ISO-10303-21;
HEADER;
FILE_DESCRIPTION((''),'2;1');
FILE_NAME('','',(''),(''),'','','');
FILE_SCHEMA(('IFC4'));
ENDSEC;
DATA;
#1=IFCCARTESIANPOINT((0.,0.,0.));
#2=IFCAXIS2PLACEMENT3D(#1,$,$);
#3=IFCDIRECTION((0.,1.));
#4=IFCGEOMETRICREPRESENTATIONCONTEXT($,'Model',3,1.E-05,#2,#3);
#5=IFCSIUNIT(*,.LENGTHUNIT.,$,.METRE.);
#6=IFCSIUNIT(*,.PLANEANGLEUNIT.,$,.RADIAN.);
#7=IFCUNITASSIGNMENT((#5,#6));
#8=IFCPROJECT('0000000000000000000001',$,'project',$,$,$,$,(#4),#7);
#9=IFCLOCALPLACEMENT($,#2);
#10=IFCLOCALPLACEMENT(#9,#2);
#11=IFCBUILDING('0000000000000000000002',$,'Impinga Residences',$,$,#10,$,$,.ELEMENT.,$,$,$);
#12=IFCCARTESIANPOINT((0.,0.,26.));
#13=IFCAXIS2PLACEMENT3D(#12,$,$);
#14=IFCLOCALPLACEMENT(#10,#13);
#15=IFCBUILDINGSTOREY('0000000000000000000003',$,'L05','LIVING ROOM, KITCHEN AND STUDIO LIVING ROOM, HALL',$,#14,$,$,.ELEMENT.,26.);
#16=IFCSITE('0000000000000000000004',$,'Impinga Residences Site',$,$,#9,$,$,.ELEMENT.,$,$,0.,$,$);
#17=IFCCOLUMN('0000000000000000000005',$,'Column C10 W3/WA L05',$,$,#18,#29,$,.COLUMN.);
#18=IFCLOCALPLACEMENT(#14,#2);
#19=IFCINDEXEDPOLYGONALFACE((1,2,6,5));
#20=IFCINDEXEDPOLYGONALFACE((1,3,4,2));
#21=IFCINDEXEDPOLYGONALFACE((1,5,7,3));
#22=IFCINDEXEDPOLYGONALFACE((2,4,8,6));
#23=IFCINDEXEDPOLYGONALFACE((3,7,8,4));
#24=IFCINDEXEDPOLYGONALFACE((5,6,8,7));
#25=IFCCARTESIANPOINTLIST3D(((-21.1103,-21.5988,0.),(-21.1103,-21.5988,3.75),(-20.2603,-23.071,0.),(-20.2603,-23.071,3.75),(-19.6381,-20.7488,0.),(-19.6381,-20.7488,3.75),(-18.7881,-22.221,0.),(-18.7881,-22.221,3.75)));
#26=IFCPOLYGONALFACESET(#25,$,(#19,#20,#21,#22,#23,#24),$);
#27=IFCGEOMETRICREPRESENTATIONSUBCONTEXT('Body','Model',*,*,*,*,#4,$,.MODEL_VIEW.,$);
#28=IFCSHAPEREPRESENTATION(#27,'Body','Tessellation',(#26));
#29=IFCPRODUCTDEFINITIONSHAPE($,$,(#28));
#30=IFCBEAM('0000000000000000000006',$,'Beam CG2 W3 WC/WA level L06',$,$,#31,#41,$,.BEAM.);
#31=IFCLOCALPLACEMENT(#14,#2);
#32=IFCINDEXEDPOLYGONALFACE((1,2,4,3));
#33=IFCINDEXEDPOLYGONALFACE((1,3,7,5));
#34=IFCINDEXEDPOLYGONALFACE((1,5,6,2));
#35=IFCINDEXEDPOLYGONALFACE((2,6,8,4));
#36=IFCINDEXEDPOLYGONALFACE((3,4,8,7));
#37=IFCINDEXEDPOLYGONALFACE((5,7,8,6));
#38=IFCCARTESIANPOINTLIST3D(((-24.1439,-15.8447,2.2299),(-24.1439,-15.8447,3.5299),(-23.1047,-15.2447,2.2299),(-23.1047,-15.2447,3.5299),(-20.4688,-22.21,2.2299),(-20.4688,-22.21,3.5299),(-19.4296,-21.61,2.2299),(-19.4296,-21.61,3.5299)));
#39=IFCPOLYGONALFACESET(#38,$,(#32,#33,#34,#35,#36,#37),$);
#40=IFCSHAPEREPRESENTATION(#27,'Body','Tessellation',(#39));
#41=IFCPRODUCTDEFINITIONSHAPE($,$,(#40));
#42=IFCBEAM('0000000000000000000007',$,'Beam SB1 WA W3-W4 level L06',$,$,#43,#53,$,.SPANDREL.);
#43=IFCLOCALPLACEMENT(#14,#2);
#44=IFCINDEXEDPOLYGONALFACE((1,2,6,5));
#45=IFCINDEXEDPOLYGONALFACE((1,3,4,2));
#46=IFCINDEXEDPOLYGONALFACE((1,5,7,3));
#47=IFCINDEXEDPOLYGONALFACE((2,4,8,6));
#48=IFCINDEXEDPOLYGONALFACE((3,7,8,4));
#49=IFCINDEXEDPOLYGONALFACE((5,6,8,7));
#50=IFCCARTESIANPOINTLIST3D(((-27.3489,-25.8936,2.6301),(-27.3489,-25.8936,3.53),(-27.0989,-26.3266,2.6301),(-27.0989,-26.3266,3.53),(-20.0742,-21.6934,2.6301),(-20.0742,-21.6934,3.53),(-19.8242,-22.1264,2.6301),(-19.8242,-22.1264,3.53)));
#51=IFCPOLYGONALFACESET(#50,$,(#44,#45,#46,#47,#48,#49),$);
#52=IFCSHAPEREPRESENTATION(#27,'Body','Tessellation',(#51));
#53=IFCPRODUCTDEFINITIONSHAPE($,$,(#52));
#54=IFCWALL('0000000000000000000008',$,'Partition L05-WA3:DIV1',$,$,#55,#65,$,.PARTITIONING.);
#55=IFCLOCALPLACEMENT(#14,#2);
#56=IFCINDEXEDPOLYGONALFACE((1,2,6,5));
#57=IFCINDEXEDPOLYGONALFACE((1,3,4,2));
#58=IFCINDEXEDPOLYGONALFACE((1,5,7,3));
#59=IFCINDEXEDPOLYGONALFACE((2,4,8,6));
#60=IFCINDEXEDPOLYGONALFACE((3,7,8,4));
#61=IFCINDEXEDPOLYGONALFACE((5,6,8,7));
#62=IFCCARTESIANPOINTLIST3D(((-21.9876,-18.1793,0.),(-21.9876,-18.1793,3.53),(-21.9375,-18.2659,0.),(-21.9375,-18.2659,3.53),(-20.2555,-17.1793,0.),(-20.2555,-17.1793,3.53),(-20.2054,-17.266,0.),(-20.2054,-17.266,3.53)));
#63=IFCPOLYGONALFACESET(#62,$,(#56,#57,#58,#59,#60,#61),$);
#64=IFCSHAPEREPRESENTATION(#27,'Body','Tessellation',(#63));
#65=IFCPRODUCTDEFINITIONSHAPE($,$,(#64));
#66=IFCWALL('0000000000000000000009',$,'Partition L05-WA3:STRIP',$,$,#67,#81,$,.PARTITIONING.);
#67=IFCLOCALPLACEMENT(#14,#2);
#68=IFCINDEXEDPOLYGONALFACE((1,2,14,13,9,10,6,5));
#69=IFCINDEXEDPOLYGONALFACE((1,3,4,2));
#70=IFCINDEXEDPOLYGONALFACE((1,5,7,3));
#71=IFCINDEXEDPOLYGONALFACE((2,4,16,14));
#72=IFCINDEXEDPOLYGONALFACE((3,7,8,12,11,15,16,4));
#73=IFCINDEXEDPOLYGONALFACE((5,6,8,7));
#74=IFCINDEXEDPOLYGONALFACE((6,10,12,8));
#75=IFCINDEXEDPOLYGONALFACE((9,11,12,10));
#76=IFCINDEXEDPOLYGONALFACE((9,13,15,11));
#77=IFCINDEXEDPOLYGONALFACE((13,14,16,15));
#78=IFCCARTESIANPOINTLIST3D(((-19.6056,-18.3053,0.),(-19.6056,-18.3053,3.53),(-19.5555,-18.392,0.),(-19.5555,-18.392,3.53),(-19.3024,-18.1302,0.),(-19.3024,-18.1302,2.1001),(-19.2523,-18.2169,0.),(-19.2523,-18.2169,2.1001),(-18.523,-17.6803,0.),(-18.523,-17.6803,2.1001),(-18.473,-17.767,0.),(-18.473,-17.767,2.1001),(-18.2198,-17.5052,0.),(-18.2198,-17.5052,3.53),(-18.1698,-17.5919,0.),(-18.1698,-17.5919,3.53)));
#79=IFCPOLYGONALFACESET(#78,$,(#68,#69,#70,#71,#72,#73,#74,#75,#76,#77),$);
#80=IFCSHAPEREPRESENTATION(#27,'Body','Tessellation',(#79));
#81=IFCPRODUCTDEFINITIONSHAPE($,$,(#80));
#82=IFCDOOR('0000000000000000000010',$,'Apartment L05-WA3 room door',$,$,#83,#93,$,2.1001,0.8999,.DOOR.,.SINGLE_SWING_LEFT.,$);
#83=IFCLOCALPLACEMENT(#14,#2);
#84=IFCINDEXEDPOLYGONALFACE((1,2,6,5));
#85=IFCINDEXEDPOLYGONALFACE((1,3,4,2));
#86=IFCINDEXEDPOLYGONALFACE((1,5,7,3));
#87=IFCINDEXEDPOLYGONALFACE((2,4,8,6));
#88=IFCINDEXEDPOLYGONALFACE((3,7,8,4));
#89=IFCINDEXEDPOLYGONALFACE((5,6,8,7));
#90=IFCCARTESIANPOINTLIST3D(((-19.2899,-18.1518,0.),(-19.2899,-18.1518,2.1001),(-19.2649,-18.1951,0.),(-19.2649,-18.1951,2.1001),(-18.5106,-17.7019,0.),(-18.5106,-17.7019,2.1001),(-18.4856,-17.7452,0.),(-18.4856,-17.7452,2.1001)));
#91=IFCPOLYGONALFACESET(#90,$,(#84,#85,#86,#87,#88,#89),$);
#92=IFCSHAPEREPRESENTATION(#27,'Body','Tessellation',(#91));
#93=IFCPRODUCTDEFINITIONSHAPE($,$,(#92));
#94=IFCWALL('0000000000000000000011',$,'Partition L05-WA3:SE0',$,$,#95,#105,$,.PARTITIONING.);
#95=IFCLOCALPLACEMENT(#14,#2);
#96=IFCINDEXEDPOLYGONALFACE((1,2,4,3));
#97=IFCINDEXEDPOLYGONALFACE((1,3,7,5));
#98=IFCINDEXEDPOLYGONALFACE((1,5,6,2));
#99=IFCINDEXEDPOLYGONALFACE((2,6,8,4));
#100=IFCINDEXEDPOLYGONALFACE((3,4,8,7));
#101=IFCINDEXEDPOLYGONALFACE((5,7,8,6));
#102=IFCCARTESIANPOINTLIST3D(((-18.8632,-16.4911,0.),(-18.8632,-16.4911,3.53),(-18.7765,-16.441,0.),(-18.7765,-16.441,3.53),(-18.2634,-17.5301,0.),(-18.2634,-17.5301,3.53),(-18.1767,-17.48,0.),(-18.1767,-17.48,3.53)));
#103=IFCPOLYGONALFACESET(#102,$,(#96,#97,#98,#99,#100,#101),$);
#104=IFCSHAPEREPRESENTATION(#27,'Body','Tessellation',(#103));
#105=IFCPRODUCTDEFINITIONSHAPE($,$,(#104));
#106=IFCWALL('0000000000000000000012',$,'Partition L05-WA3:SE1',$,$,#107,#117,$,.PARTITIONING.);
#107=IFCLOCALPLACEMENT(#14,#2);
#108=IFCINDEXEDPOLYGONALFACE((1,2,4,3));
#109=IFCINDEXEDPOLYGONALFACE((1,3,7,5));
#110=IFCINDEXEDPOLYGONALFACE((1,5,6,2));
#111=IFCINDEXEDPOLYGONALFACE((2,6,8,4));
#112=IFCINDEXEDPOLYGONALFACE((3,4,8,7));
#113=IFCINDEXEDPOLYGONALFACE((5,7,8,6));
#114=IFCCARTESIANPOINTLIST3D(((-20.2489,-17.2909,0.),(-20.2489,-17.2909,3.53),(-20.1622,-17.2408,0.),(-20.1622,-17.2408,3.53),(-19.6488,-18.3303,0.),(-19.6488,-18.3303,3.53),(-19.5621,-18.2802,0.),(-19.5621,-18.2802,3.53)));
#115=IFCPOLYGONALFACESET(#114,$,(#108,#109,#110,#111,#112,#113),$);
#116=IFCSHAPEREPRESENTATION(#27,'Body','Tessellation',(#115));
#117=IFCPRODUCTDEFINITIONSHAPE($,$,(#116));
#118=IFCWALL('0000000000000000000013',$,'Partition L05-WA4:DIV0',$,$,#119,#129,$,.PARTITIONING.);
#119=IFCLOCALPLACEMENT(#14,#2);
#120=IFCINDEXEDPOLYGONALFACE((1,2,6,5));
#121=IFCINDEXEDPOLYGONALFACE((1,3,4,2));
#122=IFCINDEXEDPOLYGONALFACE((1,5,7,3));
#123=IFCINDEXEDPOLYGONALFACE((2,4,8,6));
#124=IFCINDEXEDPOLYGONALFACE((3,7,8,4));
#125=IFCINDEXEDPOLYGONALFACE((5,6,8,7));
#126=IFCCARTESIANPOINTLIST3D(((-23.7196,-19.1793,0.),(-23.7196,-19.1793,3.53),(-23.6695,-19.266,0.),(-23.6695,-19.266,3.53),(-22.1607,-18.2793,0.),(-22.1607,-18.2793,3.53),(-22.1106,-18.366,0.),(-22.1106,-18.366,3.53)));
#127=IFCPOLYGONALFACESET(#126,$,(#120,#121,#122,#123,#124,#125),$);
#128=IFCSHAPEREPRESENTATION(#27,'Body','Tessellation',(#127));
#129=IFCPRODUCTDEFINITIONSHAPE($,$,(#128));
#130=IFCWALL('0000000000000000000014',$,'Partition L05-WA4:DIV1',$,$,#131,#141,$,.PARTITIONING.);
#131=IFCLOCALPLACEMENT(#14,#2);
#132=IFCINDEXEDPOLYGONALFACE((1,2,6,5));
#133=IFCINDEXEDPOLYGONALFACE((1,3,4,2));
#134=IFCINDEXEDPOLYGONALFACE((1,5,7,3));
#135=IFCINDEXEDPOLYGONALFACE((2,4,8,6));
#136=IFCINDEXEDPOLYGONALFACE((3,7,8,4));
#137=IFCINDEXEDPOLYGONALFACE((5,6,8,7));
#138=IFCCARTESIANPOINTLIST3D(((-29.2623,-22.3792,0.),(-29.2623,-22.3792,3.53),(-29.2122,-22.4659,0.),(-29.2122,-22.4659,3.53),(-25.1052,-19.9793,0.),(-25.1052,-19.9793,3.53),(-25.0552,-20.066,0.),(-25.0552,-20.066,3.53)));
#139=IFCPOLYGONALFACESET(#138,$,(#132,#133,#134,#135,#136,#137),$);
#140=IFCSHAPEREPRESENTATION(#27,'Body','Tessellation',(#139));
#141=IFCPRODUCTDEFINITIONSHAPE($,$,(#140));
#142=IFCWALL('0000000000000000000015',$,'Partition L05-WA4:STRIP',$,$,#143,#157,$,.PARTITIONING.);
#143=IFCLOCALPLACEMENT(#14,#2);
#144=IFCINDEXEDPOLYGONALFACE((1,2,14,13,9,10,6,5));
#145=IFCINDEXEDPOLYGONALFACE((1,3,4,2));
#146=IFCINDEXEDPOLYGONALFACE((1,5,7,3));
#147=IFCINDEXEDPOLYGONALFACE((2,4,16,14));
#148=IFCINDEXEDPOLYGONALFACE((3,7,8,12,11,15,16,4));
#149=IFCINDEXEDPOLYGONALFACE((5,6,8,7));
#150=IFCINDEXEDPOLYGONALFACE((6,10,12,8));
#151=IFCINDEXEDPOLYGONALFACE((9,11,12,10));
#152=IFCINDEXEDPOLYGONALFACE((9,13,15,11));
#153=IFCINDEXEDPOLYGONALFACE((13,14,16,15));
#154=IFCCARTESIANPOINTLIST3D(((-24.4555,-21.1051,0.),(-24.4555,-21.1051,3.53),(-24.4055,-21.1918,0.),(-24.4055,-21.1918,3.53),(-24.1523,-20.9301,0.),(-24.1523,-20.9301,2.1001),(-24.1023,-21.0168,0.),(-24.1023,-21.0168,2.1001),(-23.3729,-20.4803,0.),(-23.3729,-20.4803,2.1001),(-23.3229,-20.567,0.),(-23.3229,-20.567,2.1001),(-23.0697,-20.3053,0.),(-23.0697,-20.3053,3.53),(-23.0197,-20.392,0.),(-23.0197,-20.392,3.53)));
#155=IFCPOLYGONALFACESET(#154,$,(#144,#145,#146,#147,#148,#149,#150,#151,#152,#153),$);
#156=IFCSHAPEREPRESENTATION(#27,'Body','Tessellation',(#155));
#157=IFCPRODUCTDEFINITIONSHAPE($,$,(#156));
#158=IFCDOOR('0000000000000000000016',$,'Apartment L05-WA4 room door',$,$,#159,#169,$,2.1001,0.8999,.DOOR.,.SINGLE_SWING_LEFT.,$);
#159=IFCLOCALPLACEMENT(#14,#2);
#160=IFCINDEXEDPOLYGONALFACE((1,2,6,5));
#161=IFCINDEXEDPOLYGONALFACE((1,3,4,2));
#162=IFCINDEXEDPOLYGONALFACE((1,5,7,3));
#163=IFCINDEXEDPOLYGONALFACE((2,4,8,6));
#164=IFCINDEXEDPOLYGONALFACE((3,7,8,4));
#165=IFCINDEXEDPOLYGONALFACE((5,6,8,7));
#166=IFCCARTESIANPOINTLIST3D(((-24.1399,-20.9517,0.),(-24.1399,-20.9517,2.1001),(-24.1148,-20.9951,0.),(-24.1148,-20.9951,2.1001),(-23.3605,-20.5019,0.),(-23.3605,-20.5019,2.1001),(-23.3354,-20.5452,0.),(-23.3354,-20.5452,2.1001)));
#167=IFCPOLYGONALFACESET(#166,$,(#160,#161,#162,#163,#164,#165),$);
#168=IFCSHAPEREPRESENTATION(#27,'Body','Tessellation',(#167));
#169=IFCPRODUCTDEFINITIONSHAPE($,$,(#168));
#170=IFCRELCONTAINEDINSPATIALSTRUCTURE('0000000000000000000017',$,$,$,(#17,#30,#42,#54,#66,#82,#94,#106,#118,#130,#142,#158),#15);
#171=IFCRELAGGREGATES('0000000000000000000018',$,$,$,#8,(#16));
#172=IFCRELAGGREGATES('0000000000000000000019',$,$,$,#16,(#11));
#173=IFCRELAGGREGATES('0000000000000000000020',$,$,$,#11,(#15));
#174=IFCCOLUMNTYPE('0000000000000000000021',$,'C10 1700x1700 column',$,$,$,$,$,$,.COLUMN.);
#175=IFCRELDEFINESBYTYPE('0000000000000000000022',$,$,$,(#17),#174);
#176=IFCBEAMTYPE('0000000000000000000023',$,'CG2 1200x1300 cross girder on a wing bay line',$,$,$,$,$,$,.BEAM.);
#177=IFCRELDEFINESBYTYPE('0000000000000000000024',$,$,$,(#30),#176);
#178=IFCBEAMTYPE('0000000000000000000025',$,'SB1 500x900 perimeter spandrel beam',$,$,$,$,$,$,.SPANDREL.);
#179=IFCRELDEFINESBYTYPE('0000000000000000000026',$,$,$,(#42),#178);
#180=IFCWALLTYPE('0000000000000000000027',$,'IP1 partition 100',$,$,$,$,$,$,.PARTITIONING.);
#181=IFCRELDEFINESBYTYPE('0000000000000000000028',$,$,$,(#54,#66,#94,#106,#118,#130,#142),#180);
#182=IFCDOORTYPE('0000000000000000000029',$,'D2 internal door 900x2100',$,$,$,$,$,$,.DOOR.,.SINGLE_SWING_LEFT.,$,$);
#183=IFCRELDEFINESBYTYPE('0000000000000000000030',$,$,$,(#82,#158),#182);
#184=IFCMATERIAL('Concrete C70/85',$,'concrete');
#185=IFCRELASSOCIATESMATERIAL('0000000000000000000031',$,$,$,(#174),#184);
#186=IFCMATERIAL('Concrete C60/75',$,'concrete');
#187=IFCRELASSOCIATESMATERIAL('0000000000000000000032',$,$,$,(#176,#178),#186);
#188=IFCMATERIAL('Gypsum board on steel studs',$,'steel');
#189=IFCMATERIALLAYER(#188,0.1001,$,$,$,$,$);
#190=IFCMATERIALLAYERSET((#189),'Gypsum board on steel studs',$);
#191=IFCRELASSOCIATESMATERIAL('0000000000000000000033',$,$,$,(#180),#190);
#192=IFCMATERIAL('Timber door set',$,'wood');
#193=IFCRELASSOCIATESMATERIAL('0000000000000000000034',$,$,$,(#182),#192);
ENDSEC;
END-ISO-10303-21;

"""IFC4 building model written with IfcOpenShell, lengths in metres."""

from ifc_helpers import new_model, si_unit, direction, frame, frame_2d, origin, origin_2d, place, context, subcontext, project, spatial, rectangle, extrude, material, layer, layer_set, material_profile, profile_set, type_object, element, fill, save


model = new_model("IFC4")

# Units and contexts
model_context = context("Model", 3, precision=1e-05, world=origin(), true_north=direction((0.0, 1.0)))
body_context = subcontext(model_context, "Body", "Model", "MODEL_VIEW")
ifc_project = project(units=[si_unit("LENGTHUNIT", "METRE"), si_unit("PLANEANGLEUNIT", "RADIAN")], contexts=[model_context])

# Site, building, storey
site_placement = place(None, origin())
site = spatial("IfcSite", under=ifc_project, at=site_placement, Name="Impinga Residences Site", CompositionType="ELEMENT", RefElevation=0.0)
building_placement = place(site_placement, origin())
building = spatial("IfcBuilding", under=site, at=building_placement, Name="Impinga Residences", CompositionType="ELEMENT")
storey_placement = place(building_placement, frame((0.0, 0.0, 26.0)))
storey = spatial("IfcBuildingStorey", under=building, at=storey_placement, Name="L05", Description="LIVING ROOM, KITCHEN AND STUDIO LIVING ROOM, HALL", CompositionType="ELEMENT", Elevation=26.0)

# Column
ifc_material_1 = material(Name="Concrete C70/85", Category="concrete")
ifc_material_profile_1 = material_profile(ifc_material_1, rectangle(XDim=1.7, YDim=1.7, at=origin_2d()), Name="RC 1700x1700")
ifc_profile_set_1 = profile_set([ifc_material_profile_1], Name="Concrete C70/85")
column_type = type_object("IfcColumnType", Name="C10 1700x1700 column", PredefinedType="COLUMN", material=ifc_profile_set_1)
column_placement = place(storey_placement, frame((-19.9492, -21.9099, 0.0), z_axis=(0.0, 0.0, 1.0), x_axis=(-0.5, 0.866025, 0.0)))
element("IfcColumn", 1, at=column_placement, inside=storey, type_object=column_type, Name="Column C10 W3/WA L05", PredefinedType="COLUMN", context=body_context, shape_type="SweptSolid", body=[
    extrude(rectangle(XDim=1.7, YDim=1.7, at=origin_2d()), origin(), (0.0, 0.0, 1.0), 3.75),
])

# Beams
ifc_material_2 = material(Name="Concrete C60/75", Category="concrete")
ifc_material_profile_2 = material_profile(ifc_material_2, rectangle(XDim=1.2, YDim=1.3, at=origin_2d()), Name="RC 1200x1300")
ifc_profile_set_2 = profile_set([ifc_material_profile_2], Name="Concrete C60/75")
beam_type_1 = type_object("IfcBeamType", Name="CG2 1200x1300 cross girder on a wing bay line", PredefinedType="BEAM", material=ifc_profile_set_2)
beam_1_placement = place(storey_placement, frame((-23.6243, -15.5447, 2.8799), z_axis=(0.500008, -0.866021, 0.0), x_axis=(0.866021, 0.500008, 0.0)))
element("IfcBeam", 2, at=beam_1_placement, inside=storey, type_object=beam_type_1, Name="Beam CG2 W3 WC/WA level L06", PredefinedType="BEAM", context=body_context, shape_type="SweptSolid", body=[
    extrude(rectangle(XDim=1.2, YDim=1.3, at=origin_2d()), origin(), (0.0, 0.0, 1.0), 7.3501),
])
ifc_material_profile_3 = material_profile(ifc_material_2, rectangle(XDim=0.5, YDim=0.8999, at=origin_2d()), Name="RC 500x900")
ifc_profile_set_3 = profile_set([ifc_material_profile_3], Name="Concrete C60/75")
beam_type_2 = type_object("IfcBeamType", Name="SB1 500x900 perimeter spandrel beam", PredefinedType="SPANDREL", material=ifc_profile_set_3)
beam_2_placement = place(storey_placement, frame((-19.9492, -21.9099, 3.0801), z_axis=(-0.866017, -0.500015, 0.0), x_axis=(0.500015, -0.866017, 0.0)))
element("IfcBeam", 3, at=beam_2_placement, inside=storey, type_object=beam_type_2, Name="Beam SB1 WA W3-W4 level L06", PredefinedType="SPANDREL", context=body_context, shape_type="SweptSolid", body=[
    extrude(rectangle(XDim=0.5, YDim=0.8999, at=origin_2d()), origin(), (0.0, 0.0, 1.0), 8.4001),
])

# Wall
ifc_material_3 = material(Name="Gypsum board on steel studs", Category="steel")
ifc_layer_1 = layer(ifc_material_3, 0.1001)
ifc_layer_set_1 = layer_set([ifc_layer_1], Name="Gypsum board on steel studs")
wall_type_1 = type_object("IfcWallType", Name="IP1 partition 100", PredefinedType="PARTITIONING", material=ifc_layer_set_1)
wall_1_placement = place(storey_placement, frame((-20.2305, -17.2227, 0.0), z_axis=(0.0, 0.0, 1.0), x_axis=(-0.866041, -0.499973, 0.0)))
element("IfcWall", 4, at=wall_1_placement, inside=storey, type_object=wall_type_1, Name="Partition L05-WA3:DIV1", PredefinedType="PARTITIONING", context=body_context, shape_type="SweptSolid", body=[
    extrude(rectangle(XDim=2.0, YDim=0.1001, at=frame_2d((1.0, 0.0))), origin(), (0.0, 0.0, 1.0), 3.53),
])

# Wall, opening, door
wall_2_placement = place(storey_placement, frame((-18.1948, -17.5486, 0.0), z_axis=(0.0, 0.0, 1.0), x_axis=(-0.866028, -0.499995, 0.0)))
wall_2 = element("IfcWall", 5, at=wall_2_placement, inside=storey, type_object=wall_type_1, Name="Partition L05-WA3:STRIP", PredefinedType="PARTITIONING", context=body_context, shape_type="SweptSolid", body=[
    extrude(rectangle(XDim=1.6001, YDim=0.1001, at=frame_2d((0.8, 0.0))), origin(), (0.0, 0.0, 1.0), 3.53),
])
opening_1_placement = place(wall_2_placement, frame((0.3501, 0.0, 0.0)))
opening_1 = element("IfcOpeningElement", 6, at=opening_1_placement, cuts=wall_2, PredefinedType="OPENING", context=body_context, shape_type="SweptSolid", body=[
    extrude(rectangle(XDim=0.8999, YDim=2.1001, at=frame_2d((0.45, 1.05))), frame((0.0, 0.0601, 0.0), z_axis=(0.0, -1.0, 0.0), x_axis=(1.0, 0.0, 0.0)), (0.0, 0.0, 1.0), 0.1201),
])
ifc_material_4 = material(Name="Timber door set", Category="wood")
door_type = type_object("IfcDoorType", Name="D2 internal door 900x2100", OperationType="SINGLE_SWING_LEFT", PredefinedType="DOOR", material=ifc_material_4)
door_1_placement = place(opening_1_placement, origin())
door_1 = element("IfcDoor", 7, at=door_1_placement, inside=storey, type_object=door_type, Name="Apartment L05-WA3 room door", OperationType="SINGLE_SWING_LEFT", OverallHeight=2.1001, OverallWidth=0.8999, PredefinedType="DOOR", context=body_context, shape_type="SweptSolid", body=[
    extrude(rectangle(XDim=0.8999, YDim=2.1001, at=frame_2d((0.45, 1.05))), frame((0.0, 0.0249, 0.0), z_axis=(0.0, -1.0, 0.0), x_axis=(1.0, 0.0, 0.0)), (0.0, 0.0, 1.0), 0.05),
])
fill(opening_1, door_1)

# Walls
wall_3_placement = place(storey_placement, frame((-18.8198, -16.4661, 0.0), z_axis=(0.0, 0.0, 1.0), x_axis=(0.499969, -0.866043, 0.0)))
element("IfcWall", 8, at=wall_3_placement, inside=storey, type_object=wall_type_1, Name="Partition L05-WA3:SE0", PredefinedType="PARTITIONING", context=body_context, shape_type="SweptSolid", body=[
    extrude(rectangle(XDim=1.1997, YDim=0.1001, at=frame_2d((0.5999, 0.0))), origin(), (0.0, 0.0, 1.0), 3.53),
])
wall_4_placement = place(storey_placement, frame((-20.2056, -17.2659, 0.0), z_axis=(0.0, 0.0, 1.0), x_axis=(0.500034, -0.866006, 0.0)))
element("IfcWall", 9, at=wall_4_placement, inside=storey, type_object=wall_type_1, Name="Partition L05-WA3:SE1", PredefinedType="PARTITIONING", context=body_context, shape_type="SweptSolid", body=[
    extrude(rectangle(XDim=1.2002, YDim=0.1001, at=frame_2d((0.6001, 0.0))), origin(), (0.0, 0.0, 1.0), 3.53),
])
wall_5_placement = place(storey_placement, frame((-22.1357, -18.3228, 0.0), z_axis=(0.0, 0.0, 1.0), x_axis=(-0.866048, -0.499961, 0.0)))
element("IfcWall", 10, at=wall_5_placement, inside=storey, type_object=wall_type_1, Name="Partition L05-WA4:DIV0", PredefinedType="PARTITIONING", context=body_context, shape_type="SweptSolid", body=[
    extrude(rectangle(XDim=1.8, YDim=0.1001, at=frame_2d((0.8999, 0.0))), origin(), (0.0, 0.0, 1.0), 3.53),
])
wall_6_placement = place(storey_placement, frame((-25.0803, -20.0227, 0.0), z_axis=(0.0, 0.0, 1.0), x_axis=(-0.866037, -0.499979, 0.0)))
element("IfcWall", 11, at=wall_6_placement, inside=storey, type_object=wall_type_1, Name="Partition L05-WA4:DIV1", PredefinedType="PARTITIONING", context=body_context, shape_type="SweptSolid", body=[
    extrude(rectangle(XDim=4.8, YDim=0.1001, at=frame_2d((2.3999, 0.0))), origin(), (0.0, 0.0, 1.0), 3.53),
])

# Wall, opening, door
wall_7_placement = place(storey_placement, frame((-23.0447, -20.3486, 0.0), z_axis=(0.0, 0.0, 1.0), x_axis=(-0.866094, -0.499881, 0.0)))
wall_7 = element("IfcWall", 12, at=wall_7_placement, inside=storey, type_object=wall_type_1, Name="Partition L05-WA4:STRIP", PredefinedType="PARTITIONING", context=body_context, shape_type="SweptSolid", body=[
    extrude(rectangle(XDim=1.6001, YDim=0.1001, at=frame_2d((0.8, 0.0))), origin(), (0.0, 0.0, 1.0), 3.53),
])
opening_2_placement = place(wall_7_placement, frame((0.3501, 0.0, 0.0)))
opening_2 = element("IfcOpeningElement", 13, at=opening_2_placement, cuts=wall_7, PredefinedType="OPENING", context=body_context, shape_type="SweptSolid", body=[
    extrude(rectangle(XDim=0.8999, YDim=2.1001, at=frame_2d((0.45, 1.05))), frame((0.0, 0.0601, 0.0), z_axis=(0.0, -1.0, 0.0), x_axis=(1.0, 0.0, 0.0)), (0.0, 0.0, 1.0), 0.1201),
])
door_2_placement = place(opening_2_placement, origin())
door_2 = element("IfcDoor", 14, at=door_2_placement, inside=storey, type_object=door_type, Name="Apartment L05-WA4 room door", OperationType="SINGLE_SWING_LEFT", OverallHeight=2.1001, OverallWidth=0.8999, PredefinedType="DOOR", context=body_context, shape_type="SweptSolid", body=[
    extrude(rectangle(XDim=0.8999, YDim=2.1001, at=frame_2d((0.45, 1.05))), frame((0.0, 0.0249, 0.0), z_axis=(0.0, -1.0, 0.0), x_axis=(1.0, 0.0, 0.0)), (0.0, 0.0, 1.0), 0.05),
])
fill(opening_2, door_2)

save(model, "model.ifc")
